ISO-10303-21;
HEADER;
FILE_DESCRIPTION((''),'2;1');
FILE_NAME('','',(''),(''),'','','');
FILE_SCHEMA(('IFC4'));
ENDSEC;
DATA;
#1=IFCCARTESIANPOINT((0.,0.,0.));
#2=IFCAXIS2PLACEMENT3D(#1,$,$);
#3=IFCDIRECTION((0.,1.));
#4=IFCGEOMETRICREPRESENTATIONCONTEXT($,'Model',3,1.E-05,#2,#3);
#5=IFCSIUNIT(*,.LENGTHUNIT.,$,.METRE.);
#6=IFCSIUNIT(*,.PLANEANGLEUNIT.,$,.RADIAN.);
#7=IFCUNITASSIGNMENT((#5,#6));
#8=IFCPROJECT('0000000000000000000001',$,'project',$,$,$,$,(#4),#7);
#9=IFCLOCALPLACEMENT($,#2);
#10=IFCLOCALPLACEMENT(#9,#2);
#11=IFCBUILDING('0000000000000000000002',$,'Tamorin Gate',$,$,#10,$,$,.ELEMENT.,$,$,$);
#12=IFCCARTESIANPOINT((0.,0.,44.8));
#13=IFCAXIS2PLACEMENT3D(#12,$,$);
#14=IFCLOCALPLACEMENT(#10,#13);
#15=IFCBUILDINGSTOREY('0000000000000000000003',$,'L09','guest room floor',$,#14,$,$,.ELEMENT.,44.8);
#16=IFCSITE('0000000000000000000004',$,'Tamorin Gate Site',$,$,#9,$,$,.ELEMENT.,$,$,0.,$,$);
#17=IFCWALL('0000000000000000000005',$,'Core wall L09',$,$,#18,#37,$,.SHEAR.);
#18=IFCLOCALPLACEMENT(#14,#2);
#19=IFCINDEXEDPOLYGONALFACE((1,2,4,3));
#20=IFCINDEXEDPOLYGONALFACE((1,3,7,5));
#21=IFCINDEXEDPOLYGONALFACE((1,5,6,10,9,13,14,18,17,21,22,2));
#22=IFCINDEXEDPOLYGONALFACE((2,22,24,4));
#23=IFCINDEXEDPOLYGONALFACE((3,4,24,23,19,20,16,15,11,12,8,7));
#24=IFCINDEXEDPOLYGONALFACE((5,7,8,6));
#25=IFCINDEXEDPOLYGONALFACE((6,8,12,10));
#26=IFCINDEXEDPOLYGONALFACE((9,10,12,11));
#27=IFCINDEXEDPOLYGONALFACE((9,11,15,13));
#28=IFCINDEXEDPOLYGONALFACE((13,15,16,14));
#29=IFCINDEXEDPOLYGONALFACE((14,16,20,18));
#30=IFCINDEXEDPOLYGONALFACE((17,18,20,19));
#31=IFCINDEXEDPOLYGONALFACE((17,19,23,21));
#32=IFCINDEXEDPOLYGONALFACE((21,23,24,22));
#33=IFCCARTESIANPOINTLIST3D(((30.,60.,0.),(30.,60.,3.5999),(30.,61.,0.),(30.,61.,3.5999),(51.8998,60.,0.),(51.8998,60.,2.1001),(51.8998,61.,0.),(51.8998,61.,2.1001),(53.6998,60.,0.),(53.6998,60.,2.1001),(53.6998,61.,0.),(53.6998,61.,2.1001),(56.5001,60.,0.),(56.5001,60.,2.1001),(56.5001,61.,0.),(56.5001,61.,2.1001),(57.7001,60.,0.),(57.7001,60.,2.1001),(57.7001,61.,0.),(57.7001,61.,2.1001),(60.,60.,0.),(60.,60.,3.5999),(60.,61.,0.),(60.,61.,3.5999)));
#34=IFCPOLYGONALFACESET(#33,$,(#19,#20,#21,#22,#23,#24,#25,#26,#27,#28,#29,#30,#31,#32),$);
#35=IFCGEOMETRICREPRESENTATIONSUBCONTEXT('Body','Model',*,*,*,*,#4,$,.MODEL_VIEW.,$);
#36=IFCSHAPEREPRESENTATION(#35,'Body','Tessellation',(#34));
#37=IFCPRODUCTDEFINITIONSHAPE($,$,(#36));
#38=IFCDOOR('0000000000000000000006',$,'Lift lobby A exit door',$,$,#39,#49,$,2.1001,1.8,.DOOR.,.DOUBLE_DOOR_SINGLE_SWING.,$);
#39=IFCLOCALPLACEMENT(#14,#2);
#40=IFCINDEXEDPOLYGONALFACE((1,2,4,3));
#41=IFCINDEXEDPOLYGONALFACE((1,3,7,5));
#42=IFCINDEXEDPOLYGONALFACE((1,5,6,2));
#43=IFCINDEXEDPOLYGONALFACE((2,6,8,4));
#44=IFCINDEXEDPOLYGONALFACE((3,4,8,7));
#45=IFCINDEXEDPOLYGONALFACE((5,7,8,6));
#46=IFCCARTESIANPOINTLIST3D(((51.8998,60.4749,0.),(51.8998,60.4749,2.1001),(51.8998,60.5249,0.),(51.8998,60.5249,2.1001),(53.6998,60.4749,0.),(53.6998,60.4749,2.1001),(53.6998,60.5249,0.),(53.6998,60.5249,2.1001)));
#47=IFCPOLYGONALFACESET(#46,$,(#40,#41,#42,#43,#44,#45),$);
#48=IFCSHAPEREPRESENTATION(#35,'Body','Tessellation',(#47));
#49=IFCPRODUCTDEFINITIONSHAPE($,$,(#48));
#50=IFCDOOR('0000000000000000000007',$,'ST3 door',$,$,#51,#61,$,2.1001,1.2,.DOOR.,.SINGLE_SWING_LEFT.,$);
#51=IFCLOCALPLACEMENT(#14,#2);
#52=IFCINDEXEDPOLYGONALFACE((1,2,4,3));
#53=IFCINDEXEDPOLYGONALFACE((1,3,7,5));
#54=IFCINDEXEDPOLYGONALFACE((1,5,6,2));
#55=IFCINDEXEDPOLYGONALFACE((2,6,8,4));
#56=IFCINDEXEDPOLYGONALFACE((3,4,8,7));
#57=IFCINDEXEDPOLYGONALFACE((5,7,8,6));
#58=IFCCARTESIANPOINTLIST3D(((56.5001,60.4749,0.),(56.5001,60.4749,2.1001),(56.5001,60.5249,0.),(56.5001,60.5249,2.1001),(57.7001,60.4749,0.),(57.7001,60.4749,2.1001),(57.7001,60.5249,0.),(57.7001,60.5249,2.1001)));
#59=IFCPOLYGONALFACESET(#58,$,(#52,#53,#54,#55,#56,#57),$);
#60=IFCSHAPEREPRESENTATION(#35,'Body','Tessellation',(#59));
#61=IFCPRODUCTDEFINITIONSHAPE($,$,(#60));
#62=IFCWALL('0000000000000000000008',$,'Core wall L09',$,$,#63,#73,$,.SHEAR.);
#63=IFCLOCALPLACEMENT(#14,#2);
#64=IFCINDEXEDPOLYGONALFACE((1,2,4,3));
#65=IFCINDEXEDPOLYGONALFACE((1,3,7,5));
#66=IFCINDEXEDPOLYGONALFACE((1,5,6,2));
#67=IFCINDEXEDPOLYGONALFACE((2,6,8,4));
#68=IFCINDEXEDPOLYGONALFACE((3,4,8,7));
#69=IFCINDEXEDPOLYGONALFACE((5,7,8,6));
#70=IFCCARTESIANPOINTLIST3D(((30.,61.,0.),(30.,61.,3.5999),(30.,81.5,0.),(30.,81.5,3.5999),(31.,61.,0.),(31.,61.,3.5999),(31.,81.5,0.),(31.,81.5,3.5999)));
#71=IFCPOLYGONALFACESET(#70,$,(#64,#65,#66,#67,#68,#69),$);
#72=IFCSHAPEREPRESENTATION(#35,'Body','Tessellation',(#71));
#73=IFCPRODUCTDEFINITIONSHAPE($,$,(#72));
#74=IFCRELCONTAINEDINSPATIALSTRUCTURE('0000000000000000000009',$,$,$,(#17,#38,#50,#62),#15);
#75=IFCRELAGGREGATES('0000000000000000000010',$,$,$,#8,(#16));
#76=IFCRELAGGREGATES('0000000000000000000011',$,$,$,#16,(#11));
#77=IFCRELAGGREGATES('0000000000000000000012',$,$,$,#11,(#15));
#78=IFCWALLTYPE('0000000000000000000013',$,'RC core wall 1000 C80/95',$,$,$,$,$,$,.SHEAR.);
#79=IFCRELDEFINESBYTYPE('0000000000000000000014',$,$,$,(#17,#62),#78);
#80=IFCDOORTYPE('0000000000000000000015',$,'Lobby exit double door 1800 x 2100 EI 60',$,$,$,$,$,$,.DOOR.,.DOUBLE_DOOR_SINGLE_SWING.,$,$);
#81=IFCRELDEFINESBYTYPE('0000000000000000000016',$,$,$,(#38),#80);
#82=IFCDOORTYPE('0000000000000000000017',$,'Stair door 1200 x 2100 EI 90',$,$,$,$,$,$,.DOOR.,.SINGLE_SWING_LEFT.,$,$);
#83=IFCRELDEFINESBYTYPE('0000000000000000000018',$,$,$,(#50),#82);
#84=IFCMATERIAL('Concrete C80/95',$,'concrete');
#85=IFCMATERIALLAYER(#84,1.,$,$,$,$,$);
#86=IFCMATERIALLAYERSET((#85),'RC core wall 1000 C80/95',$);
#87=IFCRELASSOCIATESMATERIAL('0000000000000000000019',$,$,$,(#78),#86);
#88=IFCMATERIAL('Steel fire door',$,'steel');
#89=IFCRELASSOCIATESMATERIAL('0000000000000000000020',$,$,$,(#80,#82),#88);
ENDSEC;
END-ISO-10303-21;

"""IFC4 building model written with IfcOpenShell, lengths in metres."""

from ifc_helpers import new_model, si_unit, direction, frame, frame_2d, origin, place, context, subcontext, project, spatial, rectangle, extrude, material, layer, layer_set, type_object, element, fill, save


model = new_model("IFC4")

# Units and contexts
model_context = context("Model", 3, precision=1e-05, world=origin(), true_north=direction((0.0, 1.0)))
body_context = subcontext(model_context, "Body", "Model", "MODEL_VIEW")
ifc_project = project(units=[si_unit("LENGTHUNIT", "METRE"), si_unit("PLANEANGLEUNIT", "RADIAN")], contexts=[model_context])

# Site, building, storey
site_placement = place(None, origin())
site = spatial("IfcSite", under=ifc_project, at=site_placement, Name="Tamorin Gate Site", CompositionType="ELEMENT", RefElevation=0.0)
building_placement = place(site_placement, origin())
building = spatial("IfcBuilding", under=site, at=building_placement, Name="Tamorin Gate", CompositionType="ELEMENT")
storey_placement = place(building_placement, frame((0.0, 0.0, 44.8)))
storey = spatial("IfcBuildingStorey", under=building, at=storey_placement, Name="L09", Description="guest room floor", CompositionType="ELEMENT", Elevation=44.8)

# Shared definitions
ifc_material_1 = material(Name="Concrete C80/95", Category="concrete")

# Wall, openings, doors
ifc_layer_1 = layer(ifc_material_1, 1.0)
ifc_layer_set_1 = layer_set([ifc_layer_1], Name="RC core wall 1000 C80/95")
wall_type_1 = type_object("IfcWallType", Name="RC core wall 1000 C80/95", PredefinedType="SHEAR", material=ifc_layer_set_1)
wall_1_placement = place(storey_placement, frame((30.0, 60.5, 0.0), z_axis=(0.0, 0.0, 1.0), x_axis=(1.0, 0.0, 0.0)))
wall_1 = element("IfcWall", 1, at=wall_1_placement, inside=storey, type_object=wall_type_1, Name="Core wall L09", PredefinedType="SHEAR", context=body_context, shape_type="SweptSolid", body=[
    extrude(rectangle(XDim=30.0, YDim=1.0, at=frame_2d((15.0, 0.0))), origin(), (0.0, 0.0, 1.0), 3.5999),
])
opening_1_placement = place(wall_1_placement, frame((21.8999, 0.0, 0.0)))
opening_1 = element("IfcOpeningElement", 2, at=opening_1_placement, cuts=wall_1, PredefinedType="OPENING", context=body_context, shape_type="SweptSolid", body=[
    extrude(rectangle(XDim=1.8, YDim=2.1001, at=frame_2d((0.8999, 1.05))), frame((0.0, 0.51, 0.0), z_axis=(0.0, -1.0, 0.0), x_axis=(1.0, 0.0, 0.0)), (0.0, 0.0, 1.0), 1.02),
])
opening_2_placement = place(wall_1_placement, frame((26.5, 0.0, 0.0)))
opening_2 = element("IfcOpeningElement", 3, at=opening_2_placement, cuts=wall_1, PredefinedType="OPENING", context=body_context, shape_type="SweptSolid", body=[
    extrude(rectangle(XDim=1.2, YDim=2.1001, at=frame_2d((0.6001, 1.05))), frame((0.0, 0.51, 0.0), z_axis=(0.0, -1.0, 0.0), x_axis=(1.0, 0.0, 0.0)), (0.0, 0.0, 1.0), 1.02),
])
ifc_material_2 = material(Name="Steel fire door", Category="steel")
door_type_1 = type_object("IfcDoorType", Name="Lobby exit double door 1800 x 2100 EI 60", OperationType="DOUBLE_DOOR_SINGLE_SWING", PredefinedType="DOOR", material=ifc_material_2)
door_1_placement = place(opening_1_placement, origin())
door_1 = element("IfcDoor", 4, at=door_1_placement, inside=storey, type_object=door_type_1, Name="Lift lobby A exit door", OperationType="DOUBLE_DOOR_SINGLE_SWING", OverallHeight=2.1001, OverallWidth=1.8, PredefinedType="DOOR", context=body_context, shape_type="SweptSolid", body=[
    extrude(rectangle(XDim=1.8, YDim=2.1001, at=frame_2d((0.8999, 1.05))), frame((0.0, 0.0249, 0.0), z_axis=(0.0, -1.0, 0.0), x_axis=(1.0, 0.0, 0.0)), (0.0, 0.0, 1.0), 0.05),
])
fill(opening_1, door_1)
door_type_2 = type_object("IfcDoorType", Name="Stair door 1200 x 2100 EI 90", OperationType="SINGLE_SWING_LEFT", PredefinedType="DOOR", material=ifc_material_2)
door_2_placement = place(opening_2_placement, origin())
door_2 = element("IfcDoor", 5, at=door_2_placement, inside=storey, type_object=door_type_2, Name="ST3 door", OperationType="SINGLE_SWING_LEFT", OverallHeight=2.1001, OverallWidth=1.2, PredefinedType="DOOR", context=body_context, shape_type="SweptSolid", body=[
    extrude(rectangle(XDim=1.2, YDim=2.1001, at=frame_2d((0.6001, 1.05))), frame((0.0, 0.0249, 0.0), z_axis=(0.0, -1.0, 0.0), x_axis=(1.0, 0.0, 0.0)), (0.0, 0.0, 1.0), 0.05),
])
fill(opening_2, door_2)

# Wall
wall_2_placement = place(storey_placement, frame((30.5, 61.0, 0.0), z_axis=(0.0, 0.0, 1.0), x_axis=(0.0, 1.0, 0.0)))
element("IfcWall", 6, at=wall_2_placement, inside=storey, type_object=wall_type_1, Name="Core wall L09", PredefinedType="SHEAR", context=body_context, shape_type="SweptSolid", body=[
    extrude(rectangle(XDim=20.5, YDim=1.0, at=frame_2d((10.25, 0.0))), origin(), (0.0, 0.0, 1.0), 3.5999),
])

save(model, "model.ifc")
